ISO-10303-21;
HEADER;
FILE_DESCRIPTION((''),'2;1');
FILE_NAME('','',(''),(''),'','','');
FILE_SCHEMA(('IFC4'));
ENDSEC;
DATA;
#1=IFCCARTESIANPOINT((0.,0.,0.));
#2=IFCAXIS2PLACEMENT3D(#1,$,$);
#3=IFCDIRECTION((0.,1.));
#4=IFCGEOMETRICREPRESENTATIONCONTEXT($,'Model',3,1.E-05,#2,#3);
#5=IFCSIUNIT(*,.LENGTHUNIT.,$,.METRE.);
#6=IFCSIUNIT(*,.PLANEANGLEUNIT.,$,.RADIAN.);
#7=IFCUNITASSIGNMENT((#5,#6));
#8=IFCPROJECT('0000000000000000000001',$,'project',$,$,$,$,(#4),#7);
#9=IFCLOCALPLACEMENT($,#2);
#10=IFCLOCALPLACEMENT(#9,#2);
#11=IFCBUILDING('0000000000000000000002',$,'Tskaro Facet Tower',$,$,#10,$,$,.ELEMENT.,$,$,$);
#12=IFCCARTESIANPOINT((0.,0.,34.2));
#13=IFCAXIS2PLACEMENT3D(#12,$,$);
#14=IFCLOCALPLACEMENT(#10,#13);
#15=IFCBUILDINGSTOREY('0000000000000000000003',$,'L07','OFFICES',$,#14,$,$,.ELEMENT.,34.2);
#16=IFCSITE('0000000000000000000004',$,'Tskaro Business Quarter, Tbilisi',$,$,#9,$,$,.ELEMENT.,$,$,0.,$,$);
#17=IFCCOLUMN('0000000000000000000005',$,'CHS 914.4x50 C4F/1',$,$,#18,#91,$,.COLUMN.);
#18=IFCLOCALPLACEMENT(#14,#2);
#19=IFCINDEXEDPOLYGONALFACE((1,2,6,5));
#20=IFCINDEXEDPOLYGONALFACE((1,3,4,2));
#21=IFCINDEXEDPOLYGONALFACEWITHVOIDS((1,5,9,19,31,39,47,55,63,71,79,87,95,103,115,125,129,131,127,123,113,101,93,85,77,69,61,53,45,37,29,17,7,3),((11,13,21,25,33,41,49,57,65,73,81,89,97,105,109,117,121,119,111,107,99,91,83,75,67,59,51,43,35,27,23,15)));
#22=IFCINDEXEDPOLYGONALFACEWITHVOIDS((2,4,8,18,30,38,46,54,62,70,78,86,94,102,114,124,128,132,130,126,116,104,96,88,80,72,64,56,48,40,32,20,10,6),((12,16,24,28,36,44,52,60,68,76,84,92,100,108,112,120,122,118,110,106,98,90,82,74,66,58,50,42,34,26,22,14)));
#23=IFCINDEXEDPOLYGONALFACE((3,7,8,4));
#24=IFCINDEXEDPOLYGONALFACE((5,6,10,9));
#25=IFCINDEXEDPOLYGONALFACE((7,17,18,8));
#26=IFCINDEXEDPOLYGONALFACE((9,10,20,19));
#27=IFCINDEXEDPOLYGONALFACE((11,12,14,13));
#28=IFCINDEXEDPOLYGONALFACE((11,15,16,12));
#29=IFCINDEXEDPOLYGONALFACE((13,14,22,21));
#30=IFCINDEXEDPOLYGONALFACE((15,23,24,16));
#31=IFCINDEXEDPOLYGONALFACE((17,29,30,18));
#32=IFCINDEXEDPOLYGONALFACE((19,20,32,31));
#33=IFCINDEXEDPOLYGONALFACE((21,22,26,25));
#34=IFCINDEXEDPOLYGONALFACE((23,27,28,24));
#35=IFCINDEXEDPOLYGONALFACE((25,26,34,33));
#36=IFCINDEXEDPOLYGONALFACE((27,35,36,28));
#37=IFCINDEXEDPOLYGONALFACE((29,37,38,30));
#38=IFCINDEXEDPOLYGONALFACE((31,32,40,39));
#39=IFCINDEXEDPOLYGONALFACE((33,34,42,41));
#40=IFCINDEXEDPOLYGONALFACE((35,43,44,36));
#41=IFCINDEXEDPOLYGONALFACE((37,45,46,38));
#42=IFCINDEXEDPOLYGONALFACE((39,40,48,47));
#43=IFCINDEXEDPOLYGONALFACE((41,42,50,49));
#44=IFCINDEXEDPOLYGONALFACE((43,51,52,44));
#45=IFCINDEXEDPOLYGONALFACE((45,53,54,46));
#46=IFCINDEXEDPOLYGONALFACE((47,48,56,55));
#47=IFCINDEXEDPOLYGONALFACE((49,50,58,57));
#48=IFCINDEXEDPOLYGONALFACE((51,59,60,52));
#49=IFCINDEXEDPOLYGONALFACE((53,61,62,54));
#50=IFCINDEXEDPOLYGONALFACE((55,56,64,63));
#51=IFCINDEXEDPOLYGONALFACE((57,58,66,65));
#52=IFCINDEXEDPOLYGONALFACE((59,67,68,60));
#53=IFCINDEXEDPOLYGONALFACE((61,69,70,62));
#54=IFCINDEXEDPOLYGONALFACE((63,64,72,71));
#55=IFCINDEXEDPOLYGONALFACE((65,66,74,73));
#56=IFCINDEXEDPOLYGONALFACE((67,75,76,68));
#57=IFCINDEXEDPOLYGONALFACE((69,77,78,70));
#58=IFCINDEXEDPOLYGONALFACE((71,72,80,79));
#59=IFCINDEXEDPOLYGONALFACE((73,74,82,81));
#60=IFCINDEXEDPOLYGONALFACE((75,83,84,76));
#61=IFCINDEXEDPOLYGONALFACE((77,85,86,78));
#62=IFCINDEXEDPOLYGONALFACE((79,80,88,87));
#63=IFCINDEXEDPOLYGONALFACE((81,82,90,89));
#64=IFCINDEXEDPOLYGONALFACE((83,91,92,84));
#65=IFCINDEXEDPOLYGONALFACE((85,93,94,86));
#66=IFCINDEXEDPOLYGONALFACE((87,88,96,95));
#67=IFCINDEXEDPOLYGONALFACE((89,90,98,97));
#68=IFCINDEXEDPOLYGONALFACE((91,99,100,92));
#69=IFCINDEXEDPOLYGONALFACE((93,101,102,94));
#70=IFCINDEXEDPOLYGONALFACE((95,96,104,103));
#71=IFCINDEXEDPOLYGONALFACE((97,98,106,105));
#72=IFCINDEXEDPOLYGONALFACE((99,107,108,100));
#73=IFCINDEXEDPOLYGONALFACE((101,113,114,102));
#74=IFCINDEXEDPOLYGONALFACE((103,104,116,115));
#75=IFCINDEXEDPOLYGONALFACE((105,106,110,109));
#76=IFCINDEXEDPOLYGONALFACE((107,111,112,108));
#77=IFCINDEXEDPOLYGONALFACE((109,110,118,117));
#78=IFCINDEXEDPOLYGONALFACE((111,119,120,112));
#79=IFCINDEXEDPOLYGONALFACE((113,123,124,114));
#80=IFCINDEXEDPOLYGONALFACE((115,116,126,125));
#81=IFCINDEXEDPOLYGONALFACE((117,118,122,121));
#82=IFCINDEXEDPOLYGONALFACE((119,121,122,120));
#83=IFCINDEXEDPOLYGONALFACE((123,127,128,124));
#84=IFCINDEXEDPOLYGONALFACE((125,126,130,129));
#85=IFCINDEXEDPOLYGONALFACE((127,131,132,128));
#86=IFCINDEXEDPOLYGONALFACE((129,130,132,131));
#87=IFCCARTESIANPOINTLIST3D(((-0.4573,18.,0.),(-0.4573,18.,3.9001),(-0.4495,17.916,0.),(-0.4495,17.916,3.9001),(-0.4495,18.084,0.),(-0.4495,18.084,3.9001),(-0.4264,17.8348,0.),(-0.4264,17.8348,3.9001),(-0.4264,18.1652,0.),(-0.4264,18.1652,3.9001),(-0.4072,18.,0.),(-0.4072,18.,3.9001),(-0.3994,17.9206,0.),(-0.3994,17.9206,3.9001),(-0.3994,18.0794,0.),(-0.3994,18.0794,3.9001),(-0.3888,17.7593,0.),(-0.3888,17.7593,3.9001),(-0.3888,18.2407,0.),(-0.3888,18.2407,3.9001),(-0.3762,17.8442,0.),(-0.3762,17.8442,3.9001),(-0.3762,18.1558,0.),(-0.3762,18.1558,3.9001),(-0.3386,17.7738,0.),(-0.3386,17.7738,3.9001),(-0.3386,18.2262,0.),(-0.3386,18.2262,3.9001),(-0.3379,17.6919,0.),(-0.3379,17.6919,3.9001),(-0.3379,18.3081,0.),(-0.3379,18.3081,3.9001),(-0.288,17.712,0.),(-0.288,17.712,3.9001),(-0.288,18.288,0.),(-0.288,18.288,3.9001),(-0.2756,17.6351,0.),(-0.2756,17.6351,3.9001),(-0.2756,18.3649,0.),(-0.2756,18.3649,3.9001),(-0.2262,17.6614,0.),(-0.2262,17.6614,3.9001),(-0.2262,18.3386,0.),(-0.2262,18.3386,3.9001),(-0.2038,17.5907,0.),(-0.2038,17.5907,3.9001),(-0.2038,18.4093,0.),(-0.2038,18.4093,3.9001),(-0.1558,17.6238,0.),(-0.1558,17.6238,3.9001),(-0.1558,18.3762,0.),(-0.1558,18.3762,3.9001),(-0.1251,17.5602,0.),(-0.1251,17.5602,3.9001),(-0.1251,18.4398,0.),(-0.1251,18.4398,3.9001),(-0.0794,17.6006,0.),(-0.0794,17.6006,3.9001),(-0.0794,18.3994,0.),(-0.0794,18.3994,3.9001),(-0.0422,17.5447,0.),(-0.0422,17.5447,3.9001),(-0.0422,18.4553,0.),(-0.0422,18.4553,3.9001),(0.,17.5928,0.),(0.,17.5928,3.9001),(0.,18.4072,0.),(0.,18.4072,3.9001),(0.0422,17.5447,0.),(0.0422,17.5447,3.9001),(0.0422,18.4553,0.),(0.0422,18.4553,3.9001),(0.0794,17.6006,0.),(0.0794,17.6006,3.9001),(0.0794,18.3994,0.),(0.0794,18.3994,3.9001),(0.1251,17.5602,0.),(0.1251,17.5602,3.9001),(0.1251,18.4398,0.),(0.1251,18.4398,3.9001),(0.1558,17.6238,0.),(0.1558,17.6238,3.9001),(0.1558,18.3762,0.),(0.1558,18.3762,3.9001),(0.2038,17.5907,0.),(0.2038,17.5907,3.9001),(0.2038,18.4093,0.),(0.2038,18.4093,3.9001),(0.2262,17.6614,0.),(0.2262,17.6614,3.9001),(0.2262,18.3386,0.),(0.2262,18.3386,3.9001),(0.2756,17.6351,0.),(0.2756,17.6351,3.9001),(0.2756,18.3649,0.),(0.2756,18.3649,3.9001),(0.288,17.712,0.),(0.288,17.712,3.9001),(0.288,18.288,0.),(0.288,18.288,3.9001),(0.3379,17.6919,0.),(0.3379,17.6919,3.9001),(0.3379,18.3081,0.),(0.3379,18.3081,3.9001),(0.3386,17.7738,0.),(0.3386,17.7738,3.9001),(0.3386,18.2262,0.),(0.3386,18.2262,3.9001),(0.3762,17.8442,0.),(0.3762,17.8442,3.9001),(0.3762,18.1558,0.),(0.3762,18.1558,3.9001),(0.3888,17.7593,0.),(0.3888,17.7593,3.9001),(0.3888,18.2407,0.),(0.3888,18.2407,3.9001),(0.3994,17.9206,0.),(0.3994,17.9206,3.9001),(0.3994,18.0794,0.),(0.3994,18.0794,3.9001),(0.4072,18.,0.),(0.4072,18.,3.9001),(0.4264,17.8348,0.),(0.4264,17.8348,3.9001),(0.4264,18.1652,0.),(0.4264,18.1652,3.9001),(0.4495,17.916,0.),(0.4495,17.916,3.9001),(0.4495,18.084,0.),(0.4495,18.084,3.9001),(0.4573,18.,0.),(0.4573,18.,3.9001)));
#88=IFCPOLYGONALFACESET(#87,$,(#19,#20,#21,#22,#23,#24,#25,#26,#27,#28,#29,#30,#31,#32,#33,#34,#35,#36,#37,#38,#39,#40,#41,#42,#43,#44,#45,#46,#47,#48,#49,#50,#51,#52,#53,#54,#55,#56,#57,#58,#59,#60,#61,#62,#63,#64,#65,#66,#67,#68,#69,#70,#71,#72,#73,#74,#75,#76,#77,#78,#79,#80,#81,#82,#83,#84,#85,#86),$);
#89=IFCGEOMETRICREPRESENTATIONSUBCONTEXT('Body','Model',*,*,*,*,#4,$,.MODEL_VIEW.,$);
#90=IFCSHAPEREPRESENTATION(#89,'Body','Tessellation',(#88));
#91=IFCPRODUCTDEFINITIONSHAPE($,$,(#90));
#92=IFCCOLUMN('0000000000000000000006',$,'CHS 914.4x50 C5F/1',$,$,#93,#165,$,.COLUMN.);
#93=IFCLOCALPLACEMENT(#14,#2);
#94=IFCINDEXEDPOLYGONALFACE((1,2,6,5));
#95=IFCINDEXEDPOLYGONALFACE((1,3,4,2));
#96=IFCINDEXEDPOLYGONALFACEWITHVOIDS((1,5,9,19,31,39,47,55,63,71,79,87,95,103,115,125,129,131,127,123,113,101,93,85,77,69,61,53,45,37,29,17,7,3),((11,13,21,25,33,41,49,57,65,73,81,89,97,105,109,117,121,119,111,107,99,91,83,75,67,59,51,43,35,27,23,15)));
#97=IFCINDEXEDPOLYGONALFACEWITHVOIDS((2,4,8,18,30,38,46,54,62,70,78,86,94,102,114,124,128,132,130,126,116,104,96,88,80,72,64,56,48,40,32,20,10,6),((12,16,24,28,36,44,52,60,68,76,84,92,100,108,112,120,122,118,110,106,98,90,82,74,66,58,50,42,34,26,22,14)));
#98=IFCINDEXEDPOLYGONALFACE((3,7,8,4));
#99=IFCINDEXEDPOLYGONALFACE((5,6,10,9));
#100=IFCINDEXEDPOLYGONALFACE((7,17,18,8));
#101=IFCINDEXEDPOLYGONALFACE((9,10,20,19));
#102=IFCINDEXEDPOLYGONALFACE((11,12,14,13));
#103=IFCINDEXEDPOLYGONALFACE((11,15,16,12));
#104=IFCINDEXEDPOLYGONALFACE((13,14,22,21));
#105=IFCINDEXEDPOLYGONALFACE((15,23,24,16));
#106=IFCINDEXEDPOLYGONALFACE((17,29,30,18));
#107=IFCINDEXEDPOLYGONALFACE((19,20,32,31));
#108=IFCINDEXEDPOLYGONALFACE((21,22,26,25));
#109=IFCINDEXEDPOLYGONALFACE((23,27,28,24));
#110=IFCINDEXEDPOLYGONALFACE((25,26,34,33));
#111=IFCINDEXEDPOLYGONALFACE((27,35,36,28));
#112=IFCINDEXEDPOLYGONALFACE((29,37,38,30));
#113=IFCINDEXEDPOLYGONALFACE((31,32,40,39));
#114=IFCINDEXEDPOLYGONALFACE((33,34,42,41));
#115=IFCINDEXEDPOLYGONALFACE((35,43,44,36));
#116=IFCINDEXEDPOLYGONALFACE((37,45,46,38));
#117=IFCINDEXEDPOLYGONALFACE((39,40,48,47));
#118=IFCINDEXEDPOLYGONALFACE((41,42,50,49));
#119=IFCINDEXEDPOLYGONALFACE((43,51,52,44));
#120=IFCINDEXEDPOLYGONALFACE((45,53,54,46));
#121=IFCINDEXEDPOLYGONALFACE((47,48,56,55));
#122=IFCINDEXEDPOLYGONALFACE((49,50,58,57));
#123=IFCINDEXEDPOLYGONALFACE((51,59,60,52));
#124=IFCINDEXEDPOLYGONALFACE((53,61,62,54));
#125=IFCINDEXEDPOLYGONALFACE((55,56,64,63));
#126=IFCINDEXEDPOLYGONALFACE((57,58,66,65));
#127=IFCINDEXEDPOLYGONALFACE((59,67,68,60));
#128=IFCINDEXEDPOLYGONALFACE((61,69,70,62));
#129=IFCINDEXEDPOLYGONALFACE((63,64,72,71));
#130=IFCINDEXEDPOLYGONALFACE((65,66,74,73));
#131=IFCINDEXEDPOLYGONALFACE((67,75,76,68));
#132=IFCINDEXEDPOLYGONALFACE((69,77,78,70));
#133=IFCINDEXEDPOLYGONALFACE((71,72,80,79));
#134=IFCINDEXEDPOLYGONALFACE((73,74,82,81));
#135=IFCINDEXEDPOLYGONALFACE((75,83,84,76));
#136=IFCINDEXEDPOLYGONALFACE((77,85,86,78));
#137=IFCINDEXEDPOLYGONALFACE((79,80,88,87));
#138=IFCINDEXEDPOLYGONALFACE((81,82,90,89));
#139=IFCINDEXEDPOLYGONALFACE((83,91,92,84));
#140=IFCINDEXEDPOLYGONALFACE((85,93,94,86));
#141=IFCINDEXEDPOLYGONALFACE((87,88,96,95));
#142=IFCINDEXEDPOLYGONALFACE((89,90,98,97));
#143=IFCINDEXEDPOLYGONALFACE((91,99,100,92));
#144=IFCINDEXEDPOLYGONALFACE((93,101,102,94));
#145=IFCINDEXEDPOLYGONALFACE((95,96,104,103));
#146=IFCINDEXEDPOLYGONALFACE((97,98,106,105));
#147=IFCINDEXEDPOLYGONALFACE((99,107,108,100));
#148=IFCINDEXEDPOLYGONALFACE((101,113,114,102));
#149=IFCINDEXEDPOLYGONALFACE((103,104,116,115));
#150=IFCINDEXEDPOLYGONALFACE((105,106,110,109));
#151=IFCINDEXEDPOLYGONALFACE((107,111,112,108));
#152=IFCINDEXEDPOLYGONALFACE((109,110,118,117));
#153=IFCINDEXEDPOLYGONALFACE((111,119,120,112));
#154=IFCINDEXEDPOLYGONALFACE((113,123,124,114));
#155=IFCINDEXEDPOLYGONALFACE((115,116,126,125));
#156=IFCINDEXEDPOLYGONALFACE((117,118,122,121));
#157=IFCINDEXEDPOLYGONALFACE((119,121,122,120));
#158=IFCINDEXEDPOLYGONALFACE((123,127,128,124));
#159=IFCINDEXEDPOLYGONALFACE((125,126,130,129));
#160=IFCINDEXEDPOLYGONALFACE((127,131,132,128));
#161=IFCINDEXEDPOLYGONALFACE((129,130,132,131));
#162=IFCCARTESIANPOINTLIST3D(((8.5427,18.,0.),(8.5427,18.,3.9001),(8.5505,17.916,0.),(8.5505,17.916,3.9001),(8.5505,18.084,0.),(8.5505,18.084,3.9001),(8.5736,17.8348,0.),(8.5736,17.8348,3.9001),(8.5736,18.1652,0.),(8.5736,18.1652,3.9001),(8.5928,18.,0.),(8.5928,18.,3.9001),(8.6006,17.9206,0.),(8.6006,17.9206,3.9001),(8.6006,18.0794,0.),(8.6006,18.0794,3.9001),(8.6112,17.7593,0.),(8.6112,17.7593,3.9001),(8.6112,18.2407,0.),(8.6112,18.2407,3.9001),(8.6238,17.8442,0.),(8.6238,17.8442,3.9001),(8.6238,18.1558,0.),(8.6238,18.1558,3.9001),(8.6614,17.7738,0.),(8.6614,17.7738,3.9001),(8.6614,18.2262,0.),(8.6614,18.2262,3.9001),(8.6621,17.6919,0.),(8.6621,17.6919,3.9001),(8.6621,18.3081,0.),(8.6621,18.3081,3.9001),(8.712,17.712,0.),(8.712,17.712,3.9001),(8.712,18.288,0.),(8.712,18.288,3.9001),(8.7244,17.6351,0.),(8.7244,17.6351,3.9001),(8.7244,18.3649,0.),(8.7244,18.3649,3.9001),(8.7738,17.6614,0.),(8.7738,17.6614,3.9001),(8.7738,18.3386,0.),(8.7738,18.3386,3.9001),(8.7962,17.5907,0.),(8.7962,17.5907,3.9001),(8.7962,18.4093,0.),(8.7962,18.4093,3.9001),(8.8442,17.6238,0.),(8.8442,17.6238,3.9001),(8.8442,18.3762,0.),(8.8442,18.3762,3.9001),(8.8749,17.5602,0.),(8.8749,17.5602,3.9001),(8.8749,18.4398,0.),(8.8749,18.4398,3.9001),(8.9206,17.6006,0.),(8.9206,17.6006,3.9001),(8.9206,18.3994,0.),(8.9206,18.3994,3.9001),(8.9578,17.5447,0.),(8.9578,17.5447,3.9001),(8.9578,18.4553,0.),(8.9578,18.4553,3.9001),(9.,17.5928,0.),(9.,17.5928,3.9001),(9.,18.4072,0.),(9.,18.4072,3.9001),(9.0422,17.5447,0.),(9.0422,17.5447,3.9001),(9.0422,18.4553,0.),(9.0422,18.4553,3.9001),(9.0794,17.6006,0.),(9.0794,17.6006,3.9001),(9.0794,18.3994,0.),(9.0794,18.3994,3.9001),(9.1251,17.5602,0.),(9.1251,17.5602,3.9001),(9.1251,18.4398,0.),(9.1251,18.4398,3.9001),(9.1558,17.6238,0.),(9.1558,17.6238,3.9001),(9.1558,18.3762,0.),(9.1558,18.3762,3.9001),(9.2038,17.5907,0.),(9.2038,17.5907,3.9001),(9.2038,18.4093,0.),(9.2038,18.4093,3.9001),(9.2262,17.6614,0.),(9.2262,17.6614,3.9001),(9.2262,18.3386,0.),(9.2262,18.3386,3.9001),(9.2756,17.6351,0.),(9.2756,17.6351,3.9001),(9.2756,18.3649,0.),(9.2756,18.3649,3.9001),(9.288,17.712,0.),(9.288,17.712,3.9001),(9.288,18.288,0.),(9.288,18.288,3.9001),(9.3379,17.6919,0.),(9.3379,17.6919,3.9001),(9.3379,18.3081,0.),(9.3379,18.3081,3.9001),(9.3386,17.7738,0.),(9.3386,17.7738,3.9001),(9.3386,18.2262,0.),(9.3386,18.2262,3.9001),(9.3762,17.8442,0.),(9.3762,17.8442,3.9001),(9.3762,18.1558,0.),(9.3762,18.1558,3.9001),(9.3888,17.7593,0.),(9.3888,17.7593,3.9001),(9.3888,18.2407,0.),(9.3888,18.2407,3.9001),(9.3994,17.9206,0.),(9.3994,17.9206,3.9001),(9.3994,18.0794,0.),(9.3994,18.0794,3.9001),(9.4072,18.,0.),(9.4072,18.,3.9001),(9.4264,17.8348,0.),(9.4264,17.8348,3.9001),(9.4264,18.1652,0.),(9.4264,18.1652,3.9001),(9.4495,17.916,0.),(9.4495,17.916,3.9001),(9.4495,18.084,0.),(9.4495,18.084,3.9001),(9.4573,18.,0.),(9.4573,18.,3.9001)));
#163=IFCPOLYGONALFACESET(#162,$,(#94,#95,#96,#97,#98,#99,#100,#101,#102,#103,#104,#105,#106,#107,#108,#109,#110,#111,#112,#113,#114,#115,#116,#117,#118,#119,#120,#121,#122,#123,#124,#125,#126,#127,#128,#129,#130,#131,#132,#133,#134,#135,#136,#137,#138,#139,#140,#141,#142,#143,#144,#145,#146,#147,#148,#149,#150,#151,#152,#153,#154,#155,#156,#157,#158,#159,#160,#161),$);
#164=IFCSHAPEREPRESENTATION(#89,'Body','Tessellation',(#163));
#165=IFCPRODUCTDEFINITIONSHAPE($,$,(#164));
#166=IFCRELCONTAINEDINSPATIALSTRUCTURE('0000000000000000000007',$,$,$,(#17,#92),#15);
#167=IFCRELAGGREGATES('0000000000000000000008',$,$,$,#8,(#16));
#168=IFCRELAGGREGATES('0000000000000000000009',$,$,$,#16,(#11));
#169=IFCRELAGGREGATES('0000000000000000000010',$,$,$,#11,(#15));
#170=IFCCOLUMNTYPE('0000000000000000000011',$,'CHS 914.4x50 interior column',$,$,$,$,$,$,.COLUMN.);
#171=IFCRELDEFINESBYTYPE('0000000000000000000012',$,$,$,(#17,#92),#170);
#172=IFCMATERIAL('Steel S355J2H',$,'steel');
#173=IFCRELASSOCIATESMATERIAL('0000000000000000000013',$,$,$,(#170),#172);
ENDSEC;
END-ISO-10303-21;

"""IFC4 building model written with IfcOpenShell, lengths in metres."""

from ifc_helpers import new_model, si_unit, direction, frame, origin, origin_2d, place, context, subcontext, project, spatial, hollow_circle, extrude, material, material_profile, profile_set, type_object, element, save


model = new_model("IFC4")

# Units and contexts
model_context = context("Model", 3, precision=1e-05, world=origin(), true_north=direction((0.0, 1.0)))
body_context = subcontext(model_context, "Body", "Model", "MODEL_VIEW")
ifc_project = project(units=[si_unit("LENGTHUNIT", "METRE"), si_unit("PLANEANGLEUNIT", "RADIAN")], contexts=[model_context])

# Site, building, storey
site_placement = place(None, origin())
site = spatial("IfcSite", under=ifc_project, at=site_placement, Name="Tskaro Business Quarter, Tbilisi", CompositionType="ELEMENT", RefElevation=0.0)
building_placement = place(site_placement, origin())
building = spatial("IfcBuilding", under=site, at=building_placement, Name="Tskaro Facet Tower", CompositionType="ELEMENT")
storey_placement = place(building_placement, frame((0.0, 0.0, 34.2)))
storey = spatial("IfcBuildingStorey", under=building, at=storey_placement, Name="L07", Description="OFFICES", CompositionType="ELEMENT", Elevation=34.2)

# Columns
ifc_material_1 = material(Name="Steel S355J2H", Category="steel")
ifc_material_profile_1 = material_profile(ifc_material_1, hollow_circle(Radius=0.4573, WallThickness=0.05, at=origin_2d()), Name="CHS 914.4x50")
ifc_profile_set_1 = profile_set([ifc_material_profile_1], Name="Steel S355J2H")
column_type_1 = type_object("IfcColumnType", Name="CHS 914.4x50 interior column", PredefinedType="COLUMN", material=ifc_profile_set_1)
for number, where, z_axis, x_axis, name in (
    (1, (0.0, 18.0, 0.0), (0.0, 0.0, 1.0), (1.0, 0.0, 0.0), "CHS 914.4x50 C4F/1"),
    (2, (9.0, 18.0, 0.0), (0.0, 0.0, 1.0), (1.0, 0.0, 0.0), "CHS 914.4x50 C5F/1"),
):
    element("IfcColumn", number, at=place(storey_placement, frame(where, z_axis=z_axis, x_axis=x_axis)), inside=storey, type_object=column_type_1, Name=name, PredefinedType="COLUMN", context=body_context, shape_type="SweptSolid", body=[
        extrude(hollow_circle(Radius=0.4573, WallThickness=0.05, at=origin_2d()), origin(), (0.0, 0.0, 1.0), 3.9001),
    ])

save(model, "model.ifc")
